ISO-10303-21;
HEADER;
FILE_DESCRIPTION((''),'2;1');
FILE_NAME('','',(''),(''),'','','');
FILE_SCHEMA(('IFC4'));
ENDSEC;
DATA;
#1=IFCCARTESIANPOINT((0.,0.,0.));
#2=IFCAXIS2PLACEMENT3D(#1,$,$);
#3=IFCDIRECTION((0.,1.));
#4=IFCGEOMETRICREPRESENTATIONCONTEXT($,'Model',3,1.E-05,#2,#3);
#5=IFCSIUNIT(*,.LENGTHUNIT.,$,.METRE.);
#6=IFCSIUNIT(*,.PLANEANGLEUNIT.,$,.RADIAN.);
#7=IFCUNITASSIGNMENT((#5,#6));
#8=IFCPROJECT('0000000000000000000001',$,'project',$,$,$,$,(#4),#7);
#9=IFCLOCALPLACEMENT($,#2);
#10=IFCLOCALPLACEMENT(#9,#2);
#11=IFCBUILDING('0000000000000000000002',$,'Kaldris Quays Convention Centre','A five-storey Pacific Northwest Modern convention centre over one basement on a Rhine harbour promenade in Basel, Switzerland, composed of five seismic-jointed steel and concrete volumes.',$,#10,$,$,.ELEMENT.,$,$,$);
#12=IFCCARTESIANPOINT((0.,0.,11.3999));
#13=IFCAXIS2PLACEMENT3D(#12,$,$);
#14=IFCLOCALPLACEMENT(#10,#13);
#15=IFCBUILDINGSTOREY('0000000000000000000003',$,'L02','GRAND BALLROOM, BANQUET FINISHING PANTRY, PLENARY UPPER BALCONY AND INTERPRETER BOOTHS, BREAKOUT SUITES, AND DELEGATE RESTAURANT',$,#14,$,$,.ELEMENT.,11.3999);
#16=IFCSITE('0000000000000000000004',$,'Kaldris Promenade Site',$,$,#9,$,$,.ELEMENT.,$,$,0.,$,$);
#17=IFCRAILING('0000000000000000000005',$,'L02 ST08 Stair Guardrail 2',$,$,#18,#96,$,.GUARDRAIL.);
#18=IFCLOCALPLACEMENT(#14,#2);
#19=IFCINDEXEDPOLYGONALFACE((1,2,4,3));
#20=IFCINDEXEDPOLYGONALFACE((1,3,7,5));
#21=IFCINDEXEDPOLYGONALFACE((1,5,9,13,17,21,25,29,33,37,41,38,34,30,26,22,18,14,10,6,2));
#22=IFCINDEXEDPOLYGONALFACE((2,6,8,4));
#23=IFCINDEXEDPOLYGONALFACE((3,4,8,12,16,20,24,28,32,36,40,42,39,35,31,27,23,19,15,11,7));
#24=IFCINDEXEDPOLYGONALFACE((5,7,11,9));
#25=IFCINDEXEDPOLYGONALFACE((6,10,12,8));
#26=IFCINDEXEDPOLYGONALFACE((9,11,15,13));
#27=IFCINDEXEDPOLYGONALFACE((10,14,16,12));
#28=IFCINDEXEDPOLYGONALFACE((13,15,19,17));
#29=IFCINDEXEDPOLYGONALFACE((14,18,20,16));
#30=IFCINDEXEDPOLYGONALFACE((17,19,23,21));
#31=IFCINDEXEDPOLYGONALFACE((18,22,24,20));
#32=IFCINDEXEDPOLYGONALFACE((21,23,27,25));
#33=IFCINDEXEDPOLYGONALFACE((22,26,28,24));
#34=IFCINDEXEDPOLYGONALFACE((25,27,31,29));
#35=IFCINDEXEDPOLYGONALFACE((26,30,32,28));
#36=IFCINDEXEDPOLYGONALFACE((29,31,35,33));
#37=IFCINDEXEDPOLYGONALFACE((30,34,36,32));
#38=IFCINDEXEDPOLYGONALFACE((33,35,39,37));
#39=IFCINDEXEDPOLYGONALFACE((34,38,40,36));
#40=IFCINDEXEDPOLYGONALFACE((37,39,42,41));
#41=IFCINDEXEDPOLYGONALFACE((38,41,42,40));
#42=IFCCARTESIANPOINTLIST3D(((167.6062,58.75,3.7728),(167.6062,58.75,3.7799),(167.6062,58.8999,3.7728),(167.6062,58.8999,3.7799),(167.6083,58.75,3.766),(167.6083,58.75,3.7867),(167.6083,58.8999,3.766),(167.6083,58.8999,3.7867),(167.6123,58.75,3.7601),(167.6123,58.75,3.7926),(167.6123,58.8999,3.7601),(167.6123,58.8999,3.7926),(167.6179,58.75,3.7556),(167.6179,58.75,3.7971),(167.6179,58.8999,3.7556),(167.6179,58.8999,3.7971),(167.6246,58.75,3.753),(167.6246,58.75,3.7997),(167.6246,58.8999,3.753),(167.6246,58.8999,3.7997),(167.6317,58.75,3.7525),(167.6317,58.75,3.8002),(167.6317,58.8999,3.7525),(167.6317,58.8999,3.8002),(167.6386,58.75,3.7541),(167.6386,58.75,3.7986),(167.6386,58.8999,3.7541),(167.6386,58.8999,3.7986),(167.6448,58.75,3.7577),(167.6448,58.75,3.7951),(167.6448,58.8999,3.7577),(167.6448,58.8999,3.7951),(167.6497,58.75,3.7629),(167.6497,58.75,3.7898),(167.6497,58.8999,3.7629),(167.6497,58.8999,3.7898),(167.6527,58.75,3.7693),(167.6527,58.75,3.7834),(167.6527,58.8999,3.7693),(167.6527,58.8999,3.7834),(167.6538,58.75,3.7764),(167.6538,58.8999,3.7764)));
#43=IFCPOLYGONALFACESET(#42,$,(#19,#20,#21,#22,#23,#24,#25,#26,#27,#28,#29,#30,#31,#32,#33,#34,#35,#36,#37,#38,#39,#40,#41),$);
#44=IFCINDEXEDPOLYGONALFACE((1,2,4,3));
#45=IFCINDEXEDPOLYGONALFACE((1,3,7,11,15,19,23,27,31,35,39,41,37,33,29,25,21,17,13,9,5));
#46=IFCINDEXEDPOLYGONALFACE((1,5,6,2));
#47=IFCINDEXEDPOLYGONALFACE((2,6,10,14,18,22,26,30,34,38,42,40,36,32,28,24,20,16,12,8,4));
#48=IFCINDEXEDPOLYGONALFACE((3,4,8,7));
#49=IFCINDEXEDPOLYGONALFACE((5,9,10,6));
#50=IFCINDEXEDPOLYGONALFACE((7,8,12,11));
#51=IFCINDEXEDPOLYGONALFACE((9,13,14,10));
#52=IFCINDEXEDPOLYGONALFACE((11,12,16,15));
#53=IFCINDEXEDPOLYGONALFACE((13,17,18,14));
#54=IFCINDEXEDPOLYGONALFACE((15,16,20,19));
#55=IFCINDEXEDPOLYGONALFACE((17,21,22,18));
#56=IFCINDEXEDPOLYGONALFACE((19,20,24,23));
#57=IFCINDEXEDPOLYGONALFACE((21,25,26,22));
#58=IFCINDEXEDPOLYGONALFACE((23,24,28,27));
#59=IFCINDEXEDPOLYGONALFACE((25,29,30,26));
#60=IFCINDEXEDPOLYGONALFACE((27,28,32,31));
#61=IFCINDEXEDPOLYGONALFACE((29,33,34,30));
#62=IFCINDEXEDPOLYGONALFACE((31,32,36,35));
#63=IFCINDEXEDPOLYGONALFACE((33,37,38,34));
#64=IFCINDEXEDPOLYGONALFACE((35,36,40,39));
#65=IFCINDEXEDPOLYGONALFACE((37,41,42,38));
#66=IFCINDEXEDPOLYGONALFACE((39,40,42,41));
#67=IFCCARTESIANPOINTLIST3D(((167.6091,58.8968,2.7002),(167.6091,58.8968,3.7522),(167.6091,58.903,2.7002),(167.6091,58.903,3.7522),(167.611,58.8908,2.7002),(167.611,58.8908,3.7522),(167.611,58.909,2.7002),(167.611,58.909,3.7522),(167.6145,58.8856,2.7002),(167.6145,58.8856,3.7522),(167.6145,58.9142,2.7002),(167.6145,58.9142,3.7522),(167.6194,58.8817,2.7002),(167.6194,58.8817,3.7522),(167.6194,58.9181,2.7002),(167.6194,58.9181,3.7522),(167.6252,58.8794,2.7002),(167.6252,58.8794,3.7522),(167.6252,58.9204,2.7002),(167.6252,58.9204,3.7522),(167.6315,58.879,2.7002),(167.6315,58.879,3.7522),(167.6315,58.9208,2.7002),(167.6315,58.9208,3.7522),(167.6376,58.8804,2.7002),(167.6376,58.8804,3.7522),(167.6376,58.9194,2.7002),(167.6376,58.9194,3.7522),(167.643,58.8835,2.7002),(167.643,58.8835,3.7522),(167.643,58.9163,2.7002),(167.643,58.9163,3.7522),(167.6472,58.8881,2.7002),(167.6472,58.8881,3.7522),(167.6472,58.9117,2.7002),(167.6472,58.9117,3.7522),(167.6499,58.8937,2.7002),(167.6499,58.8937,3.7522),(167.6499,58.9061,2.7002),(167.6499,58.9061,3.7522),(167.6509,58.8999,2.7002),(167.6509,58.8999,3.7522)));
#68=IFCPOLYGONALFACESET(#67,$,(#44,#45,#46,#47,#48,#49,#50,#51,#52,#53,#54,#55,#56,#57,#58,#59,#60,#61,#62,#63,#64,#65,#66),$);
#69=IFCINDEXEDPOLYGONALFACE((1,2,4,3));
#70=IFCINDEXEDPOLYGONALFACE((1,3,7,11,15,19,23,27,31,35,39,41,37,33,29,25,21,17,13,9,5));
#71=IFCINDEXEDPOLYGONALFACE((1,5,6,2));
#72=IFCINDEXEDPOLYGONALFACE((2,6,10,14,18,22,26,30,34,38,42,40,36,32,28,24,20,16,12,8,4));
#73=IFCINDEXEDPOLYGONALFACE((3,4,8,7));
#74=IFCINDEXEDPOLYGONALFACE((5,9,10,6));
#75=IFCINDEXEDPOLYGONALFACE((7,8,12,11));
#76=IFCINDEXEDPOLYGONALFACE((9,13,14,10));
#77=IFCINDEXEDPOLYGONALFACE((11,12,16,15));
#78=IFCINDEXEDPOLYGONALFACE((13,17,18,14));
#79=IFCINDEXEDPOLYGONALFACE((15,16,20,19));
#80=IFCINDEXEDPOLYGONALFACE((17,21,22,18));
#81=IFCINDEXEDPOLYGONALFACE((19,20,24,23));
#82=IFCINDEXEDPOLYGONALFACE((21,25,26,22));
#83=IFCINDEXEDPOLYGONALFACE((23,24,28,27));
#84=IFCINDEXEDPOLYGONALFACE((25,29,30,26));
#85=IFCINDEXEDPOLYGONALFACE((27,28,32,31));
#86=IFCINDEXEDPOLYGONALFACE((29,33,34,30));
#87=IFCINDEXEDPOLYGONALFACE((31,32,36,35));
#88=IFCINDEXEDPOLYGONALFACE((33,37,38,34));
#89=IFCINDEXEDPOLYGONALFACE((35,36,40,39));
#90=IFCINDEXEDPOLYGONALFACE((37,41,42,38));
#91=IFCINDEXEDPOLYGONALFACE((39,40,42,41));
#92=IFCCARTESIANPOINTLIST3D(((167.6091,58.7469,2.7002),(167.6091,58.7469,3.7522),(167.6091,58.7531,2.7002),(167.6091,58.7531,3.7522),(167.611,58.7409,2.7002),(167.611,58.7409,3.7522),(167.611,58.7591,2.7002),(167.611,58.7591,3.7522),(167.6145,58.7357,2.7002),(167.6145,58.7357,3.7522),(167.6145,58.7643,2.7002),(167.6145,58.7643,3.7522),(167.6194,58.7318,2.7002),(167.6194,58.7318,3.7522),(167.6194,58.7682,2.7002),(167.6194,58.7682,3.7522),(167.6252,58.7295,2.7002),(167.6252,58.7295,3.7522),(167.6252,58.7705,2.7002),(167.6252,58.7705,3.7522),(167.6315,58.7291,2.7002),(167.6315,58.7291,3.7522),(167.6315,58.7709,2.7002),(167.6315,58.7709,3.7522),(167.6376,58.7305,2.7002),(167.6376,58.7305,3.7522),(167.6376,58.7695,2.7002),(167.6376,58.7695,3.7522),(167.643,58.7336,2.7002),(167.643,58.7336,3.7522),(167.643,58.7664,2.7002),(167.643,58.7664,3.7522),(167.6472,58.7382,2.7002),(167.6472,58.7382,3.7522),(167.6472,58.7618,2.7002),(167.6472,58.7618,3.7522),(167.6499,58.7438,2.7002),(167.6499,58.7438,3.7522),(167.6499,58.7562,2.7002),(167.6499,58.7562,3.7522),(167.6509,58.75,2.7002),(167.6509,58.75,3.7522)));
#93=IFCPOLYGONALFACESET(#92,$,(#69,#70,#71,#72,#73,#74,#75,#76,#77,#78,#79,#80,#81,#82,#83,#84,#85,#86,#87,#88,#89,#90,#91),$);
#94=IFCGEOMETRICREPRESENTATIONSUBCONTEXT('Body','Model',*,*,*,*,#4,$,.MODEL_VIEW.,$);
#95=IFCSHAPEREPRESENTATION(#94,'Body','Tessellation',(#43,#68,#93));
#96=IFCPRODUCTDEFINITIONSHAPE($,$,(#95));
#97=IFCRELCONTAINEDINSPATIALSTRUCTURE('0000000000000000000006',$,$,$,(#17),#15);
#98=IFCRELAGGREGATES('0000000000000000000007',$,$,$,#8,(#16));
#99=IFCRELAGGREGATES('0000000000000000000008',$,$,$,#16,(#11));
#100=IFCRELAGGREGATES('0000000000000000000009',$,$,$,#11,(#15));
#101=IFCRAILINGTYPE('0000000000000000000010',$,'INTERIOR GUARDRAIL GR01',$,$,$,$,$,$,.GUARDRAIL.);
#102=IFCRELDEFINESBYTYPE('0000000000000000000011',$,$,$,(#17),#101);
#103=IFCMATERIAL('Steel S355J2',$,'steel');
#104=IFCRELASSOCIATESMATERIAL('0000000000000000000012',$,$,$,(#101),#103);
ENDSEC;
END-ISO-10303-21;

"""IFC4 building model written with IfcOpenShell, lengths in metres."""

from ifc_helpers import new_model, si_unit, direction, frame, origin, origin_2d, place, context, subcontext, project, spatial, circle, extrude, material, type_object, element, save


model = new_model("IFC4")

# Units and contexts
model_context = context("Model", 3, precision=1e-05, world=origin(), true_north=direction((0.0, 1.0)))
body_context = subcontext(model_context, "Body", "Model", "MODEL_VIEW")
ifc_project = project(units=[si_unit("LENGTHUNIT", "METRE"), si_unit("PLANEANGLEUNIT", "RADIAN")], contexts=[model_context])

# Site, building, storey
site_placement = place(None, origin())
site = spatial("IfcSite", under=ifc_project, at=site_placement, Name="Kaldris Promenade Site", CompositionType="ELEMENT", RefElevation=0.0)
building_placement = place(site_placement, origin())
building = spatial("IfcBuilding", under=site, at=building_placement, Name="Kaldris Quays Convention Centre", Description="A five-storey Pacific Northwest Modern convention centre over one basement on a Rhine harbour promenade in Basel, Switzerland, composed of five seismic-jointed steel and concrete volumes.", CompositionType="ELEMENT")
storey_placement = place(building_placement, frame((0.0, 0.0, 11.3999)))
storey = spatial("IfcBuildingStorey", under=building, at=storey_placement, Name="L02", Description="GRAND BALLROOM, BANQUET FINISHING PANTRY, PLENARY UPPER BALCONY AND INTERPRETER BOOTHS, BREAKOUT SUITES, AND DELEGATE RESTAURANT", CompositionType="ELEMENT", Elevation=11.3999)

# Shared definitions
ifc_material_1 = material(Name="Steel S355J2", Category="steel")

# Railing
railing_type_1 = type_object("IfcRailingType", Name="INTERIOR GUARDRAIL GR01", PredefinedType="GUARDRAIL", material=ifc_material_1)
railing_1_placement = place(storey_placement, frame((167.6299, 58.8999, 2.7002)))
element("IfcRailing", 1, at=railing_1_placement, inside=storey, type_object=railing_type_1, Name="L02 ST08 Stair Guardrail 2", PredefinedType="GUARDRAIL", context=body_context, shape_type="SweptSolid", body=[
    extrude(circle(Radius=0.0239, at=origin_2d()), frame((0.0, 0.0, 1.0762), z_axis=(0.0, -1.0, 0.0), x_axis=(1.0, 0.0, 0.0)), (0.0, 0.0, 1.0), 0.1499),
    extrude(circle(Radius=0.021, at=origin_2d()), origin(), (0.0, 0.0, 1.0), 1.052),
    extrude(circle(Radius=0.021, at=origin_2d()), frame((0.0, -0.1499, 0.0)), (0.0, 0.0, 1.0), 1.052),
])

save(model, "model.ifc")
